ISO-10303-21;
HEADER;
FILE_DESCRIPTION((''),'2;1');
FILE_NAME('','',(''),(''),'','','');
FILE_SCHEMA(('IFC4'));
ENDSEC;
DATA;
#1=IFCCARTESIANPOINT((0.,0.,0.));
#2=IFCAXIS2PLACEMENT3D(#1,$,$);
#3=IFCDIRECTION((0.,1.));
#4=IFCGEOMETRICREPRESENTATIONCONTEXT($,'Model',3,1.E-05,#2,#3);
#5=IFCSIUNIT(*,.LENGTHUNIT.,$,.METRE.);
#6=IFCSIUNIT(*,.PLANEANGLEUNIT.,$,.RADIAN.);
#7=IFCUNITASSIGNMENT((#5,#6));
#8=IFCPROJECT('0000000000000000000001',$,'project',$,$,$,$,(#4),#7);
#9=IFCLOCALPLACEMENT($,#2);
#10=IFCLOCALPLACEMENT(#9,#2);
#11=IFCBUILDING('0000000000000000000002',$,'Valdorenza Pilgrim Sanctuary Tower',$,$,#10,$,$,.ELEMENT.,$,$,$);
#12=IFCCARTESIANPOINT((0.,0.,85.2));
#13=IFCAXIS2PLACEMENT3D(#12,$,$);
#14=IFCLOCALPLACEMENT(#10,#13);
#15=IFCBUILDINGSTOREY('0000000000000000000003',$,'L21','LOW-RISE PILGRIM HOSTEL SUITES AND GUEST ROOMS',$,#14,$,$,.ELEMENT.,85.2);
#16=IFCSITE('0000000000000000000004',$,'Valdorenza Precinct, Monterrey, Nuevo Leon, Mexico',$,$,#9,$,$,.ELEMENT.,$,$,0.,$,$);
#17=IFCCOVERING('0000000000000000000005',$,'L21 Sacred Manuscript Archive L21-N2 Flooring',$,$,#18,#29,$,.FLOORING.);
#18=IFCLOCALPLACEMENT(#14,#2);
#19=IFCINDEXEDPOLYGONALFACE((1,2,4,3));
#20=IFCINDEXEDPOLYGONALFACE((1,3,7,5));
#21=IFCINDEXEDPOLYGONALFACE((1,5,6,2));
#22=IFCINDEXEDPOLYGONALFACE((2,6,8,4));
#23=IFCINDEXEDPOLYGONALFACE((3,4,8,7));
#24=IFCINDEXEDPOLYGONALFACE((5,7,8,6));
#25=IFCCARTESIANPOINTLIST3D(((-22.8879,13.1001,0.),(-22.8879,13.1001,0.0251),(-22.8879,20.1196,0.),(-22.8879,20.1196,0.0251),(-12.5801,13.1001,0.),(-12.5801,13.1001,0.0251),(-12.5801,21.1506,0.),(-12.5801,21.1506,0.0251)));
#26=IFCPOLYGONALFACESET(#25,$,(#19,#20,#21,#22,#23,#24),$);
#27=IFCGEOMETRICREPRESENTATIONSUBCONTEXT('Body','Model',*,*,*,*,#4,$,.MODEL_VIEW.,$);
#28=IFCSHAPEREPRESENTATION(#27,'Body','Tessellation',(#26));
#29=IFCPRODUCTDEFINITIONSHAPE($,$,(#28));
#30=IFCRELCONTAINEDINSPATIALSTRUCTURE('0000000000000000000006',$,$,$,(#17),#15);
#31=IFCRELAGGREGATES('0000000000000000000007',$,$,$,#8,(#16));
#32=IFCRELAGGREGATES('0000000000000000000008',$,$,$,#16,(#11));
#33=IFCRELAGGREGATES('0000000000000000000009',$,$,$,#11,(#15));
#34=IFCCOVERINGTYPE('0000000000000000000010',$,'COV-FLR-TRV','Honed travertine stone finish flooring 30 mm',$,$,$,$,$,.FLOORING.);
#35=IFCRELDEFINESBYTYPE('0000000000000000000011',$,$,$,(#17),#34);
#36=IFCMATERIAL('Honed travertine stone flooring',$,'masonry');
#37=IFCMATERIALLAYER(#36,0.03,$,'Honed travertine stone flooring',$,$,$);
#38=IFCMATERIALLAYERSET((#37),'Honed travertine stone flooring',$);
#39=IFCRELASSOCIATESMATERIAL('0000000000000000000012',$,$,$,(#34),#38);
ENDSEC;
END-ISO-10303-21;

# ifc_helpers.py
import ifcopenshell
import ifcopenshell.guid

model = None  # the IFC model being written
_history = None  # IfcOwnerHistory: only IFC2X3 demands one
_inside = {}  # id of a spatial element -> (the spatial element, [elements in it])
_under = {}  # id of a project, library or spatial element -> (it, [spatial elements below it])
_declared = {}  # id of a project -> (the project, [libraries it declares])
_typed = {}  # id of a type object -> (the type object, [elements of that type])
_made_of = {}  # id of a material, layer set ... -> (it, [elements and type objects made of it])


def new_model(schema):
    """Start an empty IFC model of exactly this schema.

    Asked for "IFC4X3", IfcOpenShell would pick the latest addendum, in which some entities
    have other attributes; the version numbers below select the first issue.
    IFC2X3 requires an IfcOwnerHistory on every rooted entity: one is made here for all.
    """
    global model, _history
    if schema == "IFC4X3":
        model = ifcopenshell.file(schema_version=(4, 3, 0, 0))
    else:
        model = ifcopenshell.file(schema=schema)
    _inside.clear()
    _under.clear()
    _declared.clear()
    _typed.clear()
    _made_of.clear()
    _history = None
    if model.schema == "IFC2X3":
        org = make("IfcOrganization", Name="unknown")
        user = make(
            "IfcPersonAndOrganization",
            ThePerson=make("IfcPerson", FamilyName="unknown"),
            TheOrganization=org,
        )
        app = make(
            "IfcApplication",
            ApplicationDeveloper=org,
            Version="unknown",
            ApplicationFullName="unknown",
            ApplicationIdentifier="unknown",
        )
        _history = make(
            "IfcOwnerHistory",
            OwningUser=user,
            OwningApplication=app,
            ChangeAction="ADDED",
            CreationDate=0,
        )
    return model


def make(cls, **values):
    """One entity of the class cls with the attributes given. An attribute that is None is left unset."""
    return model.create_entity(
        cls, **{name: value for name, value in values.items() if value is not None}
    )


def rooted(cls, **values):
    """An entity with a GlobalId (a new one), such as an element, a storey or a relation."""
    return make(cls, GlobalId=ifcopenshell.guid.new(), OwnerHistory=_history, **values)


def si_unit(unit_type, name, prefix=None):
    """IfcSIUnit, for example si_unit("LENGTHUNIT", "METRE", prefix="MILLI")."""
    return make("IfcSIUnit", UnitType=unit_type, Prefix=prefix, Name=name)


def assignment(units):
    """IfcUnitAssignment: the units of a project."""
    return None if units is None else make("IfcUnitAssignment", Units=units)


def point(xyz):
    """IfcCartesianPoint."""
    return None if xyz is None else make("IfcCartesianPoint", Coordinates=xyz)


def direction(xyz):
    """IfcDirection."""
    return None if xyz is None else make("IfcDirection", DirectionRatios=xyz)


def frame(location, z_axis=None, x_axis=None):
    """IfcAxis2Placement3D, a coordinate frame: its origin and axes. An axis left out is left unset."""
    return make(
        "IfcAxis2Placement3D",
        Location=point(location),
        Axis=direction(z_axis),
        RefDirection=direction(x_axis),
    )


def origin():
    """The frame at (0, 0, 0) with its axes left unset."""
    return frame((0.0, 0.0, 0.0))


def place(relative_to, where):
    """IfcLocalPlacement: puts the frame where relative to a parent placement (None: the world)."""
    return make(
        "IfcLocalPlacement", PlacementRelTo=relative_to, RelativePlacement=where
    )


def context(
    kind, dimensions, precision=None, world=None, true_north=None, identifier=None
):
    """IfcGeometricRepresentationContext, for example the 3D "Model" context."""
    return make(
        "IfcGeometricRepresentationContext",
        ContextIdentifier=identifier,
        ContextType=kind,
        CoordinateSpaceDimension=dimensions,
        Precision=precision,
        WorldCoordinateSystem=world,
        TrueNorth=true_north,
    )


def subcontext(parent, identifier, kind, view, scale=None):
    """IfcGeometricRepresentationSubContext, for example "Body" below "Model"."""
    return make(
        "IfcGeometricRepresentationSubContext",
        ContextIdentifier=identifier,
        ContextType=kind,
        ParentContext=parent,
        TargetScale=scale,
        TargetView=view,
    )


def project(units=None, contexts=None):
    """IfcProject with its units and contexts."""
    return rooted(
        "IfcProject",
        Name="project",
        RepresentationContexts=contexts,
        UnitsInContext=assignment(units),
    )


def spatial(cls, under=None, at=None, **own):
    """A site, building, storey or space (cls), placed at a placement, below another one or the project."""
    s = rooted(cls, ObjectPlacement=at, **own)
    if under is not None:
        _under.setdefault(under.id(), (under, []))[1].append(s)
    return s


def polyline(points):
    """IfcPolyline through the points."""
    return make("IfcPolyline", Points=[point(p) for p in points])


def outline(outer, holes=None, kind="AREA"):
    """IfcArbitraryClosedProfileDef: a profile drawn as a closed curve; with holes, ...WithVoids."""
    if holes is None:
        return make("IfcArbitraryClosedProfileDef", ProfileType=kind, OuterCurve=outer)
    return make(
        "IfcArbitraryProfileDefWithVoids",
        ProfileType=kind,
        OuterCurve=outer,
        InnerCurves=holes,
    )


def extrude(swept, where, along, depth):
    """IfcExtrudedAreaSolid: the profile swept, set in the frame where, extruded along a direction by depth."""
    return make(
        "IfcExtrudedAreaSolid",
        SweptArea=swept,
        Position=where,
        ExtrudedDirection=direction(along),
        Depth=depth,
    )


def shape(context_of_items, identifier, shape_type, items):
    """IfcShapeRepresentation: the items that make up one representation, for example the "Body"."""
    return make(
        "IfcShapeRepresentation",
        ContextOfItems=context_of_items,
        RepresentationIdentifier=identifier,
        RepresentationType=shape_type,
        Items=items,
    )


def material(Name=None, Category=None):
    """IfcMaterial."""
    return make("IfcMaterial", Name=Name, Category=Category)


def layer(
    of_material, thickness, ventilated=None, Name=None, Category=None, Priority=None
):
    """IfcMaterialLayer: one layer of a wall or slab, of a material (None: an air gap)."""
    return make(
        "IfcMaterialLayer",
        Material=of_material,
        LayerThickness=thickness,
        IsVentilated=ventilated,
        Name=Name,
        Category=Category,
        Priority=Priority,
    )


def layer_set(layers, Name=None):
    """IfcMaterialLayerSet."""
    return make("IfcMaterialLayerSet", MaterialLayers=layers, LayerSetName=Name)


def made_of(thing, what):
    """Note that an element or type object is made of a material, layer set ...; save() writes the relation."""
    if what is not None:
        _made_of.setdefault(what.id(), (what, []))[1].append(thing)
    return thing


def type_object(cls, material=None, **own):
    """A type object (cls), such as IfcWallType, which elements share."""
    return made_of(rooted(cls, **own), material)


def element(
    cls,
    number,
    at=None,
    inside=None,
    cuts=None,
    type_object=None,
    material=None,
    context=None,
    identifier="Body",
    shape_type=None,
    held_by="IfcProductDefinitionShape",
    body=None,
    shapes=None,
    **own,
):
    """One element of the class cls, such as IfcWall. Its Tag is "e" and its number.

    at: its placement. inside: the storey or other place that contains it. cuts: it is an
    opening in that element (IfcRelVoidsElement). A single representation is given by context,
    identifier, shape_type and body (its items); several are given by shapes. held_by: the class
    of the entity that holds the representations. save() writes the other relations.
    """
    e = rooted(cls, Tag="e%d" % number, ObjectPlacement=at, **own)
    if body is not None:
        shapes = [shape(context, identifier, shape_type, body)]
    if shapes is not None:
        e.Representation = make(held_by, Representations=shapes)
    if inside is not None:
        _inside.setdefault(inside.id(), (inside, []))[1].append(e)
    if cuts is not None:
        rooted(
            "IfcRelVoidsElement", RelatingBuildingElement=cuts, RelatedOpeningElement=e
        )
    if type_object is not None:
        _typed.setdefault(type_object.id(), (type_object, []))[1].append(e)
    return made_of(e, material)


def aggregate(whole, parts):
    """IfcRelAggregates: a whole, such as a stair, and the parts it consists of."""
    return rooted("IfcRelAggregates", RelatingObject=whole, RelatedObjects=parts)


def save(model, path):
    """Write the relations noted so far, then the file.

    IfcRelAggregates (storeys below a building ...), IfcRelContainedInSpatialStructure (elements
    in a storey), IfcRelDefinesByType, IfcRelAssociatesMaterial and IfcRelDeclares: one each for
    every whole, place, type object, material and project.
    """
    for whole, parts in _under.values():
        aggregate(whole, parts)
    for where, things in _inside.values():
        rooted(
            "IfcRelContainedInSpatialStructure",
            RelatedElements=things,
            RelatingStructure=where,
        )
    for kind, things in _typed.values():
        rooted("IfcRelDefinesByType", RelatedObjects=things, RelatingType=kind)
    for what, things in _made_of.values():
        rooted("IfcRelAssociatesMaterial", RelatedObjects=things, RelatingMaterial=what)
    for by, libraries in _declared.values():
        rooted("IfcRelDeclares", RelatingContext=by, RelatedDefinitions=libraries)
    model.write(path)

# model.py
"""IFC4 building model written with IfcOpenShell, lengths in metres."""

from ifc_helpers import new_model, si_unit, direction, frame, origin, place, context, subcontext, project, spatial, polyline, outline, extrude, material, layer, layer_set, type_object, element, save


model = new_model("IFC4")

# Units and contexts
model_context = context("Model", 3, precision=1e-05, world=origin(), true_north=direction((0.0, 1.0)))
body_context = subcontext(model_context, "Body", "Model", "MODEL_VIEW")
ifc_project = project(units=[si_unit("LENGTHUNIT", "METRE"), si_unit("PLANEANGLEUNIT", "RADIAN")], contexts=[model_context])

# Site, building, storey
site_placement = place(None, origin())
site = spatial("IfcSite", under=ifc_project, at=site_placement, Name="Valdorenza Precinct, Monterrey, Nuevo Leon, Mexico", CompositionType="ELEMENT", RefElevation=0.0)
building_placement = place(site_placement, origin())
building = spatial("IfcBuilding", under=site, at=building_placement, Name="Valdorenza Pilgrim Sanctuary Tower", CompositionType="ELEMENT")
storey_placement = place(building_placement, frame((0.0, 0.0, 85.2)))
storey = spatial("IfcBuildingStorey", under=building, at=storey_placement, Name="L21", Description="LOW-RISE PILGRIM HOSTEL SUITES AND GUEST ROOMS", CompositionType="ELEMENT", Elevation=85.2)

# Covering
ifc_material_1 = material(Name="Honed travertine stone flooring", Category="masonry")
ifc_layer_1 = layer(ifc_material_1, 0.03, Name="Honed travertine stone flooring")
ifc_layer_set_1 = layer_set([ifc_layer_1], Name="Honed travertine stone flooring")
covering_type_1 = type_object("IfcCoveringType", Name="COV-FLR-TRV", Description="Honed travertine stone finish flooring 30 mm", PredefinedType="FLOORING", material=ifc_layer_set_1)
covering_1_placement = place(storey_placement, origin())
element("IfcCovering", 1, at=covering_1_placement, inside=storey, type_object=covering_type_1, Name="L21 Sacred Manuscript Archive L21-N2 Flooring", PredefinedType="FLOORING", context=body_context, shape_type="SweptSolid", body=[
    extrude(outline(polyline([(-22.8879, 13.1001), (-22.8879, 20.1196), (-12.5801, 21.1506), (-12.5801, 13.1001), (-22.8879, 13.1001)])), origin(), (0.0, 0.0, 1.0), 0.0251),
])

save(model, "model.ifc")
